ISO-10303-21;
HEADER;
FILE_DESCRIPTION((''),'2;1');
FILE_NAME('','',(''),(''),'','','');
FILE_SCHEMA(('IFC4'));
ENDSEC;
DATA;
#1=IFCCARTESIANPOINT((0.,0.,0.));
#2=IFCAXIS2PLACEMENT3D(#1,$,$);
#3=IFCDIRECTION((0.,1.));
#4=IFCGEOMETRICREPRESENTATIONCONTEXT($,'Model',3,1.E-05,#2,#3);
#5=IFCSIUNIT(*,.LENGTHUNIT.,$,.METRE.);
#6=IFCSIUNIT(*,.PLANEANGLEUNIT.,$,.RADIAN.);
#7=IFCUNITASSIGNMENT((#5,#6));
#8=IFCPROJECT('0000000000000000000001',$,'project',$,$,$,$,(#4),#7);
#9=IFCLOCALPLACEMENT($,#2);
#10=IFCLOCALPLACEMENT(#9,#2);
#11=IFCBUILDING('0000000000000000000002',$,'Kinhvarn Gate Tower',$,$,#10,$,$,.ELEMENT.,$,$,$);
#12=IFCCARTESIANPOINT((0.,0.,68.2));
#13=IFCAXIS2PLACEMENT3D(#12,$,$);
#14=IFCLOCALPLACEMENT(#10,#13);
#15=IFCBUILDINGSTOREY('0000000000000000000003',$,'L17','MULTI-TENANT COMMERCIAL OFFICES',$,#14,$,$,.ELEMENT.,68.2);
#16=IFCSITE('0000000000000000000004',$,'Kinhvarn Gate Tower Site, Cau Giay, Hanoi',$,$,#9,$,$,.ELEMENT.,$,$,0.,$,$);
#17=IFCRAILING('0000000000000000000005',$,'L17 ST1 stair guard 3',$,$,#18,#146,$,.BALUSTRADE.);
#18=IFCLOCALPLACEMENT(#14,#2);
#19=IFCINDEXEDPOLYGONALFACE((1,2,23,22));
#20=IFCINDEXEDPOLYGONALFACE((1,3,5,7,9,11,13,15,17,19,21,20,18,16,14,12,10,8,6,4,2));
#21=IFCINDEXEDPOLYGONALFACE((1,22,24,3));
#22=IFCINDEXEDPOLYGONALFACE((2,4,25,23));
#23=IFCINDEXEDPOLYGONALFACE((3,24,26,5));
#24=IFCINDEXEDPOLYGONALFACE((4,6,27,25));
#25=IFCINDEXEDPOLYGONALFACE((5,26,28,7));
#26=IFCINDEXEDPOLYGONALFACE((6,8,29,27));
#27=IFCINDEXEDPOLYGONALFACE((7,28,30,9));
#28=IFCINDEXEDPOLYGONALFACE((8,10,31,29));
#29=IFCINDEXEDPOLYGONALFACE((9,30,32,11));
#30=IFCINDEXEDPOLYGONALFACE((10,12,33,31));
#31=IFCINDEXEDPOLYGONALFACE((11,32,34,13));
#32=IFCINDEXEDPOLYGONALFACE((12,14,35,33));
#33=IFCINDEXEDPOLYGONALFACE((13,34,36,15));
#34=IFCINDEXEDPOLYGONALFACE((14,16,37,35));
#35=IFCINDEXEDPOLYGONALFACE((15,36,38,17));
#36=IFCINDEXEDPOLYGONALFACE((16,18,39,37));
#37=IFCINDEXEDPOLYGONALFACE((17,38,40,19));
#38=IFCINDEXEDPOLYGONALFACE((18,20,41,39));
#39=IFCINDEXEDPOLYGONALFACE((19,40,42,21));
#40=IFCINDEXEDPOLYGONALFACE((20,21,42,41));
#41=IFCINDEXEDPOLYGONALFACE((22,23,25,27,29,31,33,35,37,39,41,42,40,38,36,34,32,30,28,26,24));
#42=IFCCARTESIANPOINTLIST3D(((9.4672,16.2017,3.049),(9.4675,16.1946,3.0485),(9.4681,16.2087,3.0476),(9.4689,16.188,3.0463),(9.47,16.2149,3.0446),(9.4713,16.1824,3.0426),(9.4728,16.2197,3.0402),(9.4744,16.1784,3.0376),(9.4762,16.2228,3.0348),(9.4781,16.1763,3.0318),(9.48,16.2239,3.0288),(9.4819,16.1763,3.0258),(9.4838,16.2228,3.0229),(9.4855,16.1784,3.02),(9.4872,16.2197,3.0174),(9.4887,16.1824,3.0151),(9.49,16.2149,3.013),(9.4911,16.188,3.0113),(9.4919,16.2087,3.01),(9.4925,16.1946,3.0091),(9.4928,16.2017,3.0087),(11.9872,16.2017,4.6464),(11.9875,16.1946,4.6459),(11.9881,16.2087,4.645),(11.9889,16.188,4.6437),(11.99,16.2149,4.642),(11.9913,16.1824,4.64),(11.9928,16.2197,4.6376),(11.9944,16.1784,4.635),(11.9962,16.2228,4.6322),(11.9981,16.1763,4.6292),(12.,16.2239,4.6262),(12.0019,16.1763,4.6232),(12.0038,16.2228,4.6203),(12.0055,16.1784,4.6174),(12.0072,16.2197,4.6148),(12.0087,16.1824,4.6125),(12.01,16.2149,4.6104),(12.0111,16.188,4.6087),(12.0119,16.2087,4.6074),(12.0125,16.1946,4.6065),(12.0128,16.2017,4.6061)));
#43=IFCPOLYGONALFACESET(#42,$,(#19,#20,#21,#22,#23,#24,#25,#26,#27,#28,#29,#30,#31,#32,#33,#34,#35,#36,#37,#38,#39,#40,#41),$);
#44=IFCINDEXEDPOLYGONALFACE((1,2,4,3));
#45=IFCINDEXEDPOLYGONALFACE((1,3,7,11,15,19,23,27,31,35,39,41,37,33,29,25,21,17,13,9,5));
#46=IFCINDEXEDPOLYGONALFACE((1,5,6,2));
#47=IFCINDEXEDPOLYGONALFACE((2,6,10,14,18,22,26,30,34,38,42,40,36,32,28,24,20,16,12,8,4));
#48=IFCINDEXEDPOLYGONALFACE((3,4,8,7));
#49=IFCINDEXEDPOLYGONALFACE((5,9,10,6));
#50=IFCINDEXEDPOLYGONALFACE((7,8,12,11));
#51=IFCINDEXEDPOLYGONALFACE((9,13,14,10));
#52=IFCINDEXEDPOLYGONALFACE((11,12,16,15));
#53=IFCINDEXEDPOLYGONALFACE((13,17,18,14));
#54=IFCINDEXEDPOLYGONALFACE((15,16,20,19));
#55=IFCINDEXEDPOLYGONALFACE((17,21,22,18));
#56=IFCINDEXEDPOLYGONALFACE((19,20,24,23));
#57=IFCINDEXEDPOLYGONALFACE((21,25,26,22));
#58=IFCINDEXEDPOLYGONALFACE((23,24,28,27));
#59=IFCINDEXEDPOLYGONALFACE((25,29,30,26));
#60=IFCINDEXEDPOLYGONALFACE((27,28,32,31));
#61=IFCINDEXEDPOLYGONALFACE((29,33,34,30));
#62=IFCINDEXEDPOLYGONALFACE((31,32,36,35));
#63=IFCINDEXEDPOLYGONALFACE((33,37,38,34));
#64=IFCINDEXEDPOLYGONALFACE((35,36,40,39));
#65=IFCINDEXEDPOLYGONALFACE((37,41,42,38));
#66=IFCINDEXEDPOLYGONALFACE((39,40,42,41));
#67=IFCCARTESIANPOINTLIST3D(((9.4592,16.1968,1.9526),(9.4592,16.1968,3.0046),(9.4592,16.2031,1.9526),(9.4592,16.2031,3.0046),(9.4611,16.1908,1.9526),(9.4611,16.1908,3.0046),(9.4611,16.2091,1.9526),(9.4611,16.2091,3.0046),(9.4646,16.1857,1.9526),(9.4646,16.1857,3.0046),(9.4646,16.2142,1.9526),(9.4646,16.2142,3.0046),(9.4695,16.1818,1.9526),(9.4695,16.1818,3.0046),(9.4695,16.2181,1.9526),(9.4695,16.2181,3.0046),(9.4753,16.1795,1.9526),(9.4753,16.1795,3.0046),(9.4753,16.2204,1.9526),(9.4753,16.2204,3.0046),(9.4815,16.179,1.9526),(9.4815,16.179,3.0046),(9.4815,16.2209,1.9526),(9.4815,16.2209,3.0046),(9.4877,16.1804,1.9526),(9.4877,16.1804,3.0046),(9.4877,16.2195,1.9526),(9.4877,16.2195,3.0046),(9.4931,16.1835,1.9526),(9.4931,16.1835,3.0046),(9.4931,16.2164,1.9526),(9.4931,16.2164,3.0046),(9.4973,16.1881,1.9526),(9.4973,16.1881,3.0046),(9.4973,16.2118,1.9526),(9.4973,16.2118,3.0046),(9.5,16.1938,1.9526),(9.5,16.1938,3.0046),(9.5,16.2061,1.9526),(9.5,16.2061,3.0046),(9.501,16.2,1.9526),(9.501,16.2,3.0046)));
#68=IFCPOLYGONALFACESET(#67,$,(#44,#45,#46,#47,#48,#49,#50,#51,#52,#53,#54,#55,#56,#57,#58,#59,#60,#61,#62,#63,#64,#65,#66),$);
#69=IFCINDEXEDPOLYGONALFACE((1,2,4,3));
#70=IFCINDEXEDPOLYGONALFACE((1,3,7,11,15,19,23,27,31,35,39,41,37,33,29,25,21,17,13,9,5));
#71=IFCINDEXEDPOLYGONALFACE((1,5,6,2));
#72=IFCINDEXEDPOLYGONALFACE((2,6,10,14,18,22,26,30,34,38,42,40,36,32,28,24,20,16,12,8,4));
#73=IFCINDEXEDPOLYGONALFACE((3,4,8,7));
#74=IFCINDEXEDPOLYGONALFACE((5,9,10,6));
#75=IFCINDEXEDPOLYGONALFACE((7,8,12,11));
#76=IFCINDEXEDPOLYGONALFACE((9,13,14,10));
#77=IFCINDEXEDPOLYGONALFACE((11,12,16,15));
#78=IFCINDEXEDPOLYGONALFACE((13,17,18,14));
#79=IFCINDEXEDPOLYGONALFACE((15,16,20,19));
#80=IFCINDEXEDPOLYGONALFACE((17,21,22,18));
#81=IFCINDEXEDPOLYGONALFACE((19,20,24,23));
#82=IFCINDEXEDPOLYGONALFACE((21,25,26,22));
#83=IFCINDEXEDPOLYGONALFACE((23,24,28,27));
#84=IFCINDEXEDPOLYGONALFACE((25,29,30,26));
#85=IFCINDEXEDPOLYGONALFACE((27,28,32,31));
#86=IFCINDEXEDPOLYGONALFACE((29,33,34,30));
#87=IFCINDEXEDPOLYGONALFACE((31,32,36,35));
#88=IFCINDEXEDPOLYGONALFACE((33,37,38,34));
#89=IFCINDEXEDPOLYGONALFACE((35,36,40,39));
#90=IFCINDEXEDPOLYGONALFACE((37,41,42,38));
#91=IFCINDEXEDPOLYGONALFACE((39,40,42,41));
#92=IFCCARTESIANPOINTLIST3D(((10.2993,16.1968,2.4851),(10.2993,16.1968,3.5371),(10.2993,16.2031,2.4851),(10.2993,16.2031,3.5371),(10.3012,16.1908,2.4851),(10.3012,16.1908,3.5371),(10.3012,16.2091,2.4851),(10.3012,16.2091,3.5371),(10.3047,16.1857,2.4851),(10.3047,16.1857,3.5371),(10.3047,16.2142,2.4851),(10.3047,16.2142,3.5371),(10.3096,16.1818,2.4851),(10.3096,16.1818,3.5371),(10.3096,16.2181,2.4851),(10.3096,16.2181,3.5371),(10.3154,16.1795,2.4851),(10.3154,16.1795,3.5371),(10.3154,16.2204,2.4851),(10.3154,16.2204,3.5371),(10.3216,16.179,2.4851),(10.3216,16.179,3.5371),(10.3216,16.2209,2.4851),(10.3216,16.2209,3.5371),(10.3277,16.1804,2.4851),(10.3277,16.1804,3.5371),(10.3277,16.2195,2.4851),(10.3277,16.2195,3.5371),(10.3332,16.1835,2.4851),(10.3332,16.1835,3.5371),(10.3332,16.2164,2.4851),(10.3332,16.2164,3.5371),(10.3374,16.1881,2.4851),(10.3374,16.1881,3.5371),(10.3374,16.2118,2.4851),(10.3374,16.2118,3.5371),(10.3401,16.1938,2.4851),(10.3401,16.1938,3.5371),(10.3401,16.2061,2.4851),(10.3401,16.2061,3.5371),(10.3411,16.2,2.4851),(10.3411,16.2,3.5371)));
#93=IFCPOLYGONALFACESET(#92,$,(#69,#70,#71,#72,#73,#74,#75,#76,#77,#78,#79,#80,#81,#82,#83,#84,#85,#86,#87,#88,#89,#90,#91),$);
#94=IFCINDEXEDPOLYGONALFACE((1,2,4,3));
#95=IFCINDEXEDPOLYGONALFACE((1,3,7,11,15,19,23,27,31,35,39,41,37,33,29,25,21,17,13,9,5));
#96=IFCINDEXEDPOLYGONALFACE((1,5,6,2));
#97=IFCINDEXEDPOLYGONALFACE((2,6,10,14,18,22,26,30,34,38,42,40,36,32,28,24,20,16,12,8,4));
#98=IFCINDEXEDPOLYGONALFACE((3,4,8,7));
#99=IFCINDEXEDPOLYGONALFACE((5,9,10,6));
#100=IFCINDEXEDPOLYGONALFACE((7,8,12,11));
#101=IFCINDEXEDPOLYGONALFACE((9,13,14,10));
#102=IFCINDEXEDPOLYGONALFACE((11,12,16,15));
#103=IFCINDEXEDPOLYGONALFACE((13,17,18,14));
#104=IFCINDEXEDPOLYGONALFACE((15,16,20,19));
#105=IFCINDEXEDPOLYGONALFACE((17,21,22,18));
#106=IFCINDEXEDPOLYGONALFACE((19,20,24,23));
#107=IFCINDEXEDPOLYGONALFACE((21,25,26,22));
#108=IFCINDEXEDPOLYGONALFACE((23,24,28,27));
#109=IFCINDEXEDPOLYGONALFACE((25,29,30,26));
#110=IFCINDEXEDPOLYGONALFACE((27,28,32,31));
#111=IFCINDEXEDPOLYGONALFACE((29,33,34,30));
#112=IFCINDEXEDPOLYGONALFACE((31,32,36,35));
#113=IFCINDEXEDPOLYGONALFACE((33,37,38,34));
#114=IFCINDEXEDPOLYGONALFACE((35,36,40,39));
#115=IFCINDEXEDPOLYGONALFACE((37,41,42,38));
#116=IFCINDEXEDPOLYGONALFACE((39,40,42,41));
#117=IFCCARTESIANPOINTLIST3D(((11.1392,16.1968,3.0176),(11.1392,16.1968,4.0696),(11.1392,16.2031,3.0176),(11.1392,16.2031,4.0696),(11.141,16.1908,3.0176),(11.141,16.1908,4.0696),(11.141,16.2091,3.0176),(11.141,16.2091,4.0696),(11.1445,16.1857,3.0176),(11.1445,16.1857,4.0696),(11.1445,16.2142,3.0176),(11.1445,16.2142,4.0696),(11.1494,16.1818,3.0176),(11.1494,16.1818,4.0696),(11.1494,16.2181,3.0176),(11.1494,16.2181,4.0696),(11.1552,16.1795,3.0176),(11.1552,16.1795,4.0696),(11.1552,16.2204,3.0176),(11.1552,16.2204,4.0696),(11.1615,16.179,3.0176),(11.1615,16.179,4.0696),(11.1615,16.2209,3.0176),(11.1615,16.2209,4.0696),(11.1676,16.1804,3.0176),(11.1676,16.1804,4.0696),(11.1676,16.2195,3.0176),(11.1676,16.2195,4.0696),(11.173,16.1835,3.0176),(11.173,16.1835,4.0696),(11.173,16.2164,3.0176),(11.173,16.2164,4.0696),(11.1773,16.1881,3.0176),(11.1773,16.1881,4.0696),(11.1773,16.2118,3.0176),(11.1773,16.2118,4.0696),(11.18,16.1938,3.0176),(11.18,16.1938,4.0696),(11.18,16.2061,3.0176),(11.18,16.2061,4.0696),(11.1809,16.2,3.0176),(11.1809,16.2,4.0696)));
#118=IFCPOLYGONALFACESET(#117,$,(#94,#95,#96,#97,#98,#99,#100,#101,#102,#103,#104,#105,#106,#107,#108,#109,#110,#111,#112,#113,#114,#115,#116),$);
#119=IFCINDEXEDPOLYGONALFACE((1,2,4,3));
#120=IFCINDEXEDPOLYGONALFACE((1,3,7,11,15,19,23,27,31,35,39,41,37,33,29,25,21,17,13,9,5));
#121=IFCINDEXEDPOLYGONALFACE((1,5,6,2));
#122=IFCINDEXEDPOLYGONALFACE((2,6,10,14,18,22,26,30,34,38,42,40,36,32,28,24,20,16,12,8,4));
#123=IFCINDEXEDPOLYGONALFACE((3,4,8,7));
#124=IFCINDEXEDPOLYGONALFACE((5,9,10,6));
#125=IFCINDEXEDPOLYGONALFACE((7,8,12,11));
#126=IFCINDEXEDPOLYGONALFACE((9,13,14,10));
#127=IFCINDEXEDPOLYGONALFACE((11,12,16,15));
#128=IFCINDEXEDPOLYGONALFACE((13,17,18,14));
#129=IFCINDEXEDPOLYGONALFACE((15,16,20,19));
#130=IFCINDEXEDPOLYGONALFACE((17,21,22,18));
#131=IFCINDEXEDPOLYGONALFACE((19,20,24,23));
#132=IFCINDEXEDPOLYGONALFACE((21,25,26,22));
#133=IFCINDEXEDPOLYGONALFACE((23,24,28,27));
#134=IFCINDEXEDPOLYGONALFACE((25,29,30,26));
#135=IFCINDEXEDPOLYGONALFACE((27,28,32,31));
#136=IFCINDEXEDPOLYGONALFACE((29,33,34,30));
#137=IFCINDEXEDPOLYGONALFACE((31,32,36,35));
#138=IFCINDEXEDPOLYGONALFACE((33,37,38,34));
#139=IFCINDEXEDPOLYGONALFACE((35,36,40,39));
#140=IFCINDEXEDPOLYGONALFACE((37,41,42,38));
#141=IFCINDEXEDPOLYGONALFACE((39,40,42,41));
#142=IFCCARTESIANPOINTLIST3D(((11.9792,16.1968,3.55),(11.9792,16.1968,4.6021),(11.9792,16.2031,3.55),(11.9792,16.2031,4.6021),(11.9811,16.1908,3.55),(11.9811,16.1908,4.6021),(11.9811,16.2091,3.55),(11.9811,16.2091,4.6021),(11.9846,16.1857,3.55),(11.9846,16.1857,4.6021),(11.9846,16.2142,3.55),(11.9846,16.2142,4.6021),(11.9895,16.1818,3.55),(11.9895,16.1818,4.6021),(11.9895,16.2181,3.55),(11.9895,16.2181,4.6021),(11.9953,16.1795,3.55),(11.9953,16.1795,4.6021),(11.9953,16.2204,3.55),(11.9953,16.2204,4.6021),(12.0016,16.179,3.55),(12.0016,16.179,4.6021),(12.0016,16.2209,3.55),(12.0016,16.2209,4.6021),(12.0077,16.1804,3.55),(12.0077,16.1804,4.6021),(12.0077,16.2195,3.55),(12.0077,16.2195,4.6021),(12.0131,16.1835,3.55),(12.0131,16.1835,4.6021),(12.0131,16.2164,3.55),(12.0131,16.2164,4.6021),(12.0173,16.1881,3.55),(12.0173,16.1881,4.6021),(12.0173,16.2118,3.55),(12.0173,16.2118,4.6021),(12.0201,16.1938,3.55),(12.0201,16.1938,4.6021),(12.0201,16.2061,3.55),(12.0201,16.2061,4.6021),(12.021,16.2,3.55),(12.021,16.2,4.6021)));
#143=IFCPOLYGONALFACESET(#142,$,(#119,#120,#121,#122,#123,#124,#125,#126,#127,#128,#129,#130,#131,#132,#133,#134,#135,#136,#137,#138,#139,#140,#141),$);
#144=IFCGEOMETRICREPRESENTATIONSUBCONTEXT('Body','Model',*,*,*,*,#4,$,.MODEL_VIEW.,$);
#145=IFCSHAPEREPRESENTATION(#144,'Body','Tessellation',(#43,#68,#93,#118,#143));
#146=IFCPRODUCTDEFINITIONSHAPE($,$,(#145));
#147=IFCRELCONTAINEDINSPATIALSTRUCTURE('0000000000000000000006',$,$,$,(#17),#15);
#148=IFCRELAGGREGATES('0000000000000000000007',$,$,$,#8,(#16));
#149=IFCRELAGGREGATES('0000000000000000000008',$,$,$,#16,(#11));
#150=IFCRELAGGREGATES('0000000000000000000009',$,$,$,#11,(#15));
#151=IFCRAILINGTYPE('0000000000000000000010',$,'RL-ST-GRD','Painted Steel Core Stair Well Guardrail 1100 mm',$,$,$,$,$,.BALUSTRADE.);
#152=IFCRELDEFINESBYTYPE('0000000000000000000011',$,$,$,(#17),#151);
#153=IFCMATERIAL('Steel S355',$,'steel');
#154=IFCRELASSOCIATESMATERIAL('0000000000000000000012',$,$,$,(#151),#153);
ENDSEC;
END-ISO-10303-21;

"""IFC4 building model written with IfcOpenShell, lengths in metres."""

from ifc_helpers import new_model, si_unit, direction, frame, origin, origin_2d, place, context, subcontext, project, spatial, circle, extrude, material, type_object, element, save


model = new_model("IFC4")

# Units and contexts
model_context = context("Model", 3, precision=1e-05, world=origin(), true_north=direction((0.0, 1.0)))
body_context = subcontext(model_context, "Body", "Model", "MODEL_VIEW")
ifc_project = project(units=[si_unit("LENGTHUNIT", "METRE"), si_unit("PLANEANGLEUNIT", "RADIAN")], contexts=[model_context])

# Site, building, storey
site_placement = place(None, origin())
site = spatial("IfcSite", under=ifc_project, at=site_placement, Name="Kinhvarn Gate Tower Site, Cau Giay, Hanoi", CompositionType="ELEMENT", RefElevation=0.0)
building_placement = place(site_placement, origin())
building = spatial("IfcBuilding", under=site, at=building_placement, Name="Kinhvarn Gate Tower", CompositionType="ELEMENT")
storey_placement = place(building_placement, frame((0.0, 0.0, 68.2)))
storey = spatial("IfcBuildingStorey", under=building, at=storey_placement, Name="L17", Description="MULTI-TENANT COMMERCIAL OFFICES", CompositionType="ELEMENT", Elevation=68.2)

# Shared definitions
ifc_material_1 = material(Name="Steel S355", Category="steel")

# Railing
railing_type_1 = type_object("IfcRailingType", Name="RL-ST-GRD", Description="Painted Steel Core Stair Well Guardrail 1100 mm", PredefinedType="BALUSTRADE", material=ifc_material_1)
railing_1_placement = place(storey_placement, frame((9.48, 16.2, 1.9526)))
element("IfcRailing", 1, at=railing_1_placement, inside=storey, type_object=railing_type_1, Name="L17 ST1 stair guard 3", PredefinedType="BALUSTRADE", context=body_context, shape_type="SweptSolid", body=[
    extrude(circle(Radius=0.0239, at=origin_2d()), frame((0.0, 0.0, 1.0762), z_axis=(0.844607, 0.0, 0.535387), x_axis=(0.0, 1.0, 0.0)), (0.0, 0.0, 1.0), 2.9836),
    extrude(circle(Radius=0.021, at=origin_2d()), origin(), (0.0, 0.0, 1.0), 1.052),
    extrude(circle(Radius=0.021, at=origin_2d()), frame((0.8401, 0.0, 0.5325)), (0.0, 0.0, 1.0), 1.052),
    extrude(circle(Radius=0.021, at=origin_2d()), frame((1.6799, 0.0, 1.0649)), (0.0, 0.0, 1.0), 1.052),
    extrude(circle(Radius=0.021, at=origin_2d()), frame((2.52, 0.0, 1.5974)), (0.0, 0.0, 1.0), 1.052),
])

save(model, "model.ifc")
